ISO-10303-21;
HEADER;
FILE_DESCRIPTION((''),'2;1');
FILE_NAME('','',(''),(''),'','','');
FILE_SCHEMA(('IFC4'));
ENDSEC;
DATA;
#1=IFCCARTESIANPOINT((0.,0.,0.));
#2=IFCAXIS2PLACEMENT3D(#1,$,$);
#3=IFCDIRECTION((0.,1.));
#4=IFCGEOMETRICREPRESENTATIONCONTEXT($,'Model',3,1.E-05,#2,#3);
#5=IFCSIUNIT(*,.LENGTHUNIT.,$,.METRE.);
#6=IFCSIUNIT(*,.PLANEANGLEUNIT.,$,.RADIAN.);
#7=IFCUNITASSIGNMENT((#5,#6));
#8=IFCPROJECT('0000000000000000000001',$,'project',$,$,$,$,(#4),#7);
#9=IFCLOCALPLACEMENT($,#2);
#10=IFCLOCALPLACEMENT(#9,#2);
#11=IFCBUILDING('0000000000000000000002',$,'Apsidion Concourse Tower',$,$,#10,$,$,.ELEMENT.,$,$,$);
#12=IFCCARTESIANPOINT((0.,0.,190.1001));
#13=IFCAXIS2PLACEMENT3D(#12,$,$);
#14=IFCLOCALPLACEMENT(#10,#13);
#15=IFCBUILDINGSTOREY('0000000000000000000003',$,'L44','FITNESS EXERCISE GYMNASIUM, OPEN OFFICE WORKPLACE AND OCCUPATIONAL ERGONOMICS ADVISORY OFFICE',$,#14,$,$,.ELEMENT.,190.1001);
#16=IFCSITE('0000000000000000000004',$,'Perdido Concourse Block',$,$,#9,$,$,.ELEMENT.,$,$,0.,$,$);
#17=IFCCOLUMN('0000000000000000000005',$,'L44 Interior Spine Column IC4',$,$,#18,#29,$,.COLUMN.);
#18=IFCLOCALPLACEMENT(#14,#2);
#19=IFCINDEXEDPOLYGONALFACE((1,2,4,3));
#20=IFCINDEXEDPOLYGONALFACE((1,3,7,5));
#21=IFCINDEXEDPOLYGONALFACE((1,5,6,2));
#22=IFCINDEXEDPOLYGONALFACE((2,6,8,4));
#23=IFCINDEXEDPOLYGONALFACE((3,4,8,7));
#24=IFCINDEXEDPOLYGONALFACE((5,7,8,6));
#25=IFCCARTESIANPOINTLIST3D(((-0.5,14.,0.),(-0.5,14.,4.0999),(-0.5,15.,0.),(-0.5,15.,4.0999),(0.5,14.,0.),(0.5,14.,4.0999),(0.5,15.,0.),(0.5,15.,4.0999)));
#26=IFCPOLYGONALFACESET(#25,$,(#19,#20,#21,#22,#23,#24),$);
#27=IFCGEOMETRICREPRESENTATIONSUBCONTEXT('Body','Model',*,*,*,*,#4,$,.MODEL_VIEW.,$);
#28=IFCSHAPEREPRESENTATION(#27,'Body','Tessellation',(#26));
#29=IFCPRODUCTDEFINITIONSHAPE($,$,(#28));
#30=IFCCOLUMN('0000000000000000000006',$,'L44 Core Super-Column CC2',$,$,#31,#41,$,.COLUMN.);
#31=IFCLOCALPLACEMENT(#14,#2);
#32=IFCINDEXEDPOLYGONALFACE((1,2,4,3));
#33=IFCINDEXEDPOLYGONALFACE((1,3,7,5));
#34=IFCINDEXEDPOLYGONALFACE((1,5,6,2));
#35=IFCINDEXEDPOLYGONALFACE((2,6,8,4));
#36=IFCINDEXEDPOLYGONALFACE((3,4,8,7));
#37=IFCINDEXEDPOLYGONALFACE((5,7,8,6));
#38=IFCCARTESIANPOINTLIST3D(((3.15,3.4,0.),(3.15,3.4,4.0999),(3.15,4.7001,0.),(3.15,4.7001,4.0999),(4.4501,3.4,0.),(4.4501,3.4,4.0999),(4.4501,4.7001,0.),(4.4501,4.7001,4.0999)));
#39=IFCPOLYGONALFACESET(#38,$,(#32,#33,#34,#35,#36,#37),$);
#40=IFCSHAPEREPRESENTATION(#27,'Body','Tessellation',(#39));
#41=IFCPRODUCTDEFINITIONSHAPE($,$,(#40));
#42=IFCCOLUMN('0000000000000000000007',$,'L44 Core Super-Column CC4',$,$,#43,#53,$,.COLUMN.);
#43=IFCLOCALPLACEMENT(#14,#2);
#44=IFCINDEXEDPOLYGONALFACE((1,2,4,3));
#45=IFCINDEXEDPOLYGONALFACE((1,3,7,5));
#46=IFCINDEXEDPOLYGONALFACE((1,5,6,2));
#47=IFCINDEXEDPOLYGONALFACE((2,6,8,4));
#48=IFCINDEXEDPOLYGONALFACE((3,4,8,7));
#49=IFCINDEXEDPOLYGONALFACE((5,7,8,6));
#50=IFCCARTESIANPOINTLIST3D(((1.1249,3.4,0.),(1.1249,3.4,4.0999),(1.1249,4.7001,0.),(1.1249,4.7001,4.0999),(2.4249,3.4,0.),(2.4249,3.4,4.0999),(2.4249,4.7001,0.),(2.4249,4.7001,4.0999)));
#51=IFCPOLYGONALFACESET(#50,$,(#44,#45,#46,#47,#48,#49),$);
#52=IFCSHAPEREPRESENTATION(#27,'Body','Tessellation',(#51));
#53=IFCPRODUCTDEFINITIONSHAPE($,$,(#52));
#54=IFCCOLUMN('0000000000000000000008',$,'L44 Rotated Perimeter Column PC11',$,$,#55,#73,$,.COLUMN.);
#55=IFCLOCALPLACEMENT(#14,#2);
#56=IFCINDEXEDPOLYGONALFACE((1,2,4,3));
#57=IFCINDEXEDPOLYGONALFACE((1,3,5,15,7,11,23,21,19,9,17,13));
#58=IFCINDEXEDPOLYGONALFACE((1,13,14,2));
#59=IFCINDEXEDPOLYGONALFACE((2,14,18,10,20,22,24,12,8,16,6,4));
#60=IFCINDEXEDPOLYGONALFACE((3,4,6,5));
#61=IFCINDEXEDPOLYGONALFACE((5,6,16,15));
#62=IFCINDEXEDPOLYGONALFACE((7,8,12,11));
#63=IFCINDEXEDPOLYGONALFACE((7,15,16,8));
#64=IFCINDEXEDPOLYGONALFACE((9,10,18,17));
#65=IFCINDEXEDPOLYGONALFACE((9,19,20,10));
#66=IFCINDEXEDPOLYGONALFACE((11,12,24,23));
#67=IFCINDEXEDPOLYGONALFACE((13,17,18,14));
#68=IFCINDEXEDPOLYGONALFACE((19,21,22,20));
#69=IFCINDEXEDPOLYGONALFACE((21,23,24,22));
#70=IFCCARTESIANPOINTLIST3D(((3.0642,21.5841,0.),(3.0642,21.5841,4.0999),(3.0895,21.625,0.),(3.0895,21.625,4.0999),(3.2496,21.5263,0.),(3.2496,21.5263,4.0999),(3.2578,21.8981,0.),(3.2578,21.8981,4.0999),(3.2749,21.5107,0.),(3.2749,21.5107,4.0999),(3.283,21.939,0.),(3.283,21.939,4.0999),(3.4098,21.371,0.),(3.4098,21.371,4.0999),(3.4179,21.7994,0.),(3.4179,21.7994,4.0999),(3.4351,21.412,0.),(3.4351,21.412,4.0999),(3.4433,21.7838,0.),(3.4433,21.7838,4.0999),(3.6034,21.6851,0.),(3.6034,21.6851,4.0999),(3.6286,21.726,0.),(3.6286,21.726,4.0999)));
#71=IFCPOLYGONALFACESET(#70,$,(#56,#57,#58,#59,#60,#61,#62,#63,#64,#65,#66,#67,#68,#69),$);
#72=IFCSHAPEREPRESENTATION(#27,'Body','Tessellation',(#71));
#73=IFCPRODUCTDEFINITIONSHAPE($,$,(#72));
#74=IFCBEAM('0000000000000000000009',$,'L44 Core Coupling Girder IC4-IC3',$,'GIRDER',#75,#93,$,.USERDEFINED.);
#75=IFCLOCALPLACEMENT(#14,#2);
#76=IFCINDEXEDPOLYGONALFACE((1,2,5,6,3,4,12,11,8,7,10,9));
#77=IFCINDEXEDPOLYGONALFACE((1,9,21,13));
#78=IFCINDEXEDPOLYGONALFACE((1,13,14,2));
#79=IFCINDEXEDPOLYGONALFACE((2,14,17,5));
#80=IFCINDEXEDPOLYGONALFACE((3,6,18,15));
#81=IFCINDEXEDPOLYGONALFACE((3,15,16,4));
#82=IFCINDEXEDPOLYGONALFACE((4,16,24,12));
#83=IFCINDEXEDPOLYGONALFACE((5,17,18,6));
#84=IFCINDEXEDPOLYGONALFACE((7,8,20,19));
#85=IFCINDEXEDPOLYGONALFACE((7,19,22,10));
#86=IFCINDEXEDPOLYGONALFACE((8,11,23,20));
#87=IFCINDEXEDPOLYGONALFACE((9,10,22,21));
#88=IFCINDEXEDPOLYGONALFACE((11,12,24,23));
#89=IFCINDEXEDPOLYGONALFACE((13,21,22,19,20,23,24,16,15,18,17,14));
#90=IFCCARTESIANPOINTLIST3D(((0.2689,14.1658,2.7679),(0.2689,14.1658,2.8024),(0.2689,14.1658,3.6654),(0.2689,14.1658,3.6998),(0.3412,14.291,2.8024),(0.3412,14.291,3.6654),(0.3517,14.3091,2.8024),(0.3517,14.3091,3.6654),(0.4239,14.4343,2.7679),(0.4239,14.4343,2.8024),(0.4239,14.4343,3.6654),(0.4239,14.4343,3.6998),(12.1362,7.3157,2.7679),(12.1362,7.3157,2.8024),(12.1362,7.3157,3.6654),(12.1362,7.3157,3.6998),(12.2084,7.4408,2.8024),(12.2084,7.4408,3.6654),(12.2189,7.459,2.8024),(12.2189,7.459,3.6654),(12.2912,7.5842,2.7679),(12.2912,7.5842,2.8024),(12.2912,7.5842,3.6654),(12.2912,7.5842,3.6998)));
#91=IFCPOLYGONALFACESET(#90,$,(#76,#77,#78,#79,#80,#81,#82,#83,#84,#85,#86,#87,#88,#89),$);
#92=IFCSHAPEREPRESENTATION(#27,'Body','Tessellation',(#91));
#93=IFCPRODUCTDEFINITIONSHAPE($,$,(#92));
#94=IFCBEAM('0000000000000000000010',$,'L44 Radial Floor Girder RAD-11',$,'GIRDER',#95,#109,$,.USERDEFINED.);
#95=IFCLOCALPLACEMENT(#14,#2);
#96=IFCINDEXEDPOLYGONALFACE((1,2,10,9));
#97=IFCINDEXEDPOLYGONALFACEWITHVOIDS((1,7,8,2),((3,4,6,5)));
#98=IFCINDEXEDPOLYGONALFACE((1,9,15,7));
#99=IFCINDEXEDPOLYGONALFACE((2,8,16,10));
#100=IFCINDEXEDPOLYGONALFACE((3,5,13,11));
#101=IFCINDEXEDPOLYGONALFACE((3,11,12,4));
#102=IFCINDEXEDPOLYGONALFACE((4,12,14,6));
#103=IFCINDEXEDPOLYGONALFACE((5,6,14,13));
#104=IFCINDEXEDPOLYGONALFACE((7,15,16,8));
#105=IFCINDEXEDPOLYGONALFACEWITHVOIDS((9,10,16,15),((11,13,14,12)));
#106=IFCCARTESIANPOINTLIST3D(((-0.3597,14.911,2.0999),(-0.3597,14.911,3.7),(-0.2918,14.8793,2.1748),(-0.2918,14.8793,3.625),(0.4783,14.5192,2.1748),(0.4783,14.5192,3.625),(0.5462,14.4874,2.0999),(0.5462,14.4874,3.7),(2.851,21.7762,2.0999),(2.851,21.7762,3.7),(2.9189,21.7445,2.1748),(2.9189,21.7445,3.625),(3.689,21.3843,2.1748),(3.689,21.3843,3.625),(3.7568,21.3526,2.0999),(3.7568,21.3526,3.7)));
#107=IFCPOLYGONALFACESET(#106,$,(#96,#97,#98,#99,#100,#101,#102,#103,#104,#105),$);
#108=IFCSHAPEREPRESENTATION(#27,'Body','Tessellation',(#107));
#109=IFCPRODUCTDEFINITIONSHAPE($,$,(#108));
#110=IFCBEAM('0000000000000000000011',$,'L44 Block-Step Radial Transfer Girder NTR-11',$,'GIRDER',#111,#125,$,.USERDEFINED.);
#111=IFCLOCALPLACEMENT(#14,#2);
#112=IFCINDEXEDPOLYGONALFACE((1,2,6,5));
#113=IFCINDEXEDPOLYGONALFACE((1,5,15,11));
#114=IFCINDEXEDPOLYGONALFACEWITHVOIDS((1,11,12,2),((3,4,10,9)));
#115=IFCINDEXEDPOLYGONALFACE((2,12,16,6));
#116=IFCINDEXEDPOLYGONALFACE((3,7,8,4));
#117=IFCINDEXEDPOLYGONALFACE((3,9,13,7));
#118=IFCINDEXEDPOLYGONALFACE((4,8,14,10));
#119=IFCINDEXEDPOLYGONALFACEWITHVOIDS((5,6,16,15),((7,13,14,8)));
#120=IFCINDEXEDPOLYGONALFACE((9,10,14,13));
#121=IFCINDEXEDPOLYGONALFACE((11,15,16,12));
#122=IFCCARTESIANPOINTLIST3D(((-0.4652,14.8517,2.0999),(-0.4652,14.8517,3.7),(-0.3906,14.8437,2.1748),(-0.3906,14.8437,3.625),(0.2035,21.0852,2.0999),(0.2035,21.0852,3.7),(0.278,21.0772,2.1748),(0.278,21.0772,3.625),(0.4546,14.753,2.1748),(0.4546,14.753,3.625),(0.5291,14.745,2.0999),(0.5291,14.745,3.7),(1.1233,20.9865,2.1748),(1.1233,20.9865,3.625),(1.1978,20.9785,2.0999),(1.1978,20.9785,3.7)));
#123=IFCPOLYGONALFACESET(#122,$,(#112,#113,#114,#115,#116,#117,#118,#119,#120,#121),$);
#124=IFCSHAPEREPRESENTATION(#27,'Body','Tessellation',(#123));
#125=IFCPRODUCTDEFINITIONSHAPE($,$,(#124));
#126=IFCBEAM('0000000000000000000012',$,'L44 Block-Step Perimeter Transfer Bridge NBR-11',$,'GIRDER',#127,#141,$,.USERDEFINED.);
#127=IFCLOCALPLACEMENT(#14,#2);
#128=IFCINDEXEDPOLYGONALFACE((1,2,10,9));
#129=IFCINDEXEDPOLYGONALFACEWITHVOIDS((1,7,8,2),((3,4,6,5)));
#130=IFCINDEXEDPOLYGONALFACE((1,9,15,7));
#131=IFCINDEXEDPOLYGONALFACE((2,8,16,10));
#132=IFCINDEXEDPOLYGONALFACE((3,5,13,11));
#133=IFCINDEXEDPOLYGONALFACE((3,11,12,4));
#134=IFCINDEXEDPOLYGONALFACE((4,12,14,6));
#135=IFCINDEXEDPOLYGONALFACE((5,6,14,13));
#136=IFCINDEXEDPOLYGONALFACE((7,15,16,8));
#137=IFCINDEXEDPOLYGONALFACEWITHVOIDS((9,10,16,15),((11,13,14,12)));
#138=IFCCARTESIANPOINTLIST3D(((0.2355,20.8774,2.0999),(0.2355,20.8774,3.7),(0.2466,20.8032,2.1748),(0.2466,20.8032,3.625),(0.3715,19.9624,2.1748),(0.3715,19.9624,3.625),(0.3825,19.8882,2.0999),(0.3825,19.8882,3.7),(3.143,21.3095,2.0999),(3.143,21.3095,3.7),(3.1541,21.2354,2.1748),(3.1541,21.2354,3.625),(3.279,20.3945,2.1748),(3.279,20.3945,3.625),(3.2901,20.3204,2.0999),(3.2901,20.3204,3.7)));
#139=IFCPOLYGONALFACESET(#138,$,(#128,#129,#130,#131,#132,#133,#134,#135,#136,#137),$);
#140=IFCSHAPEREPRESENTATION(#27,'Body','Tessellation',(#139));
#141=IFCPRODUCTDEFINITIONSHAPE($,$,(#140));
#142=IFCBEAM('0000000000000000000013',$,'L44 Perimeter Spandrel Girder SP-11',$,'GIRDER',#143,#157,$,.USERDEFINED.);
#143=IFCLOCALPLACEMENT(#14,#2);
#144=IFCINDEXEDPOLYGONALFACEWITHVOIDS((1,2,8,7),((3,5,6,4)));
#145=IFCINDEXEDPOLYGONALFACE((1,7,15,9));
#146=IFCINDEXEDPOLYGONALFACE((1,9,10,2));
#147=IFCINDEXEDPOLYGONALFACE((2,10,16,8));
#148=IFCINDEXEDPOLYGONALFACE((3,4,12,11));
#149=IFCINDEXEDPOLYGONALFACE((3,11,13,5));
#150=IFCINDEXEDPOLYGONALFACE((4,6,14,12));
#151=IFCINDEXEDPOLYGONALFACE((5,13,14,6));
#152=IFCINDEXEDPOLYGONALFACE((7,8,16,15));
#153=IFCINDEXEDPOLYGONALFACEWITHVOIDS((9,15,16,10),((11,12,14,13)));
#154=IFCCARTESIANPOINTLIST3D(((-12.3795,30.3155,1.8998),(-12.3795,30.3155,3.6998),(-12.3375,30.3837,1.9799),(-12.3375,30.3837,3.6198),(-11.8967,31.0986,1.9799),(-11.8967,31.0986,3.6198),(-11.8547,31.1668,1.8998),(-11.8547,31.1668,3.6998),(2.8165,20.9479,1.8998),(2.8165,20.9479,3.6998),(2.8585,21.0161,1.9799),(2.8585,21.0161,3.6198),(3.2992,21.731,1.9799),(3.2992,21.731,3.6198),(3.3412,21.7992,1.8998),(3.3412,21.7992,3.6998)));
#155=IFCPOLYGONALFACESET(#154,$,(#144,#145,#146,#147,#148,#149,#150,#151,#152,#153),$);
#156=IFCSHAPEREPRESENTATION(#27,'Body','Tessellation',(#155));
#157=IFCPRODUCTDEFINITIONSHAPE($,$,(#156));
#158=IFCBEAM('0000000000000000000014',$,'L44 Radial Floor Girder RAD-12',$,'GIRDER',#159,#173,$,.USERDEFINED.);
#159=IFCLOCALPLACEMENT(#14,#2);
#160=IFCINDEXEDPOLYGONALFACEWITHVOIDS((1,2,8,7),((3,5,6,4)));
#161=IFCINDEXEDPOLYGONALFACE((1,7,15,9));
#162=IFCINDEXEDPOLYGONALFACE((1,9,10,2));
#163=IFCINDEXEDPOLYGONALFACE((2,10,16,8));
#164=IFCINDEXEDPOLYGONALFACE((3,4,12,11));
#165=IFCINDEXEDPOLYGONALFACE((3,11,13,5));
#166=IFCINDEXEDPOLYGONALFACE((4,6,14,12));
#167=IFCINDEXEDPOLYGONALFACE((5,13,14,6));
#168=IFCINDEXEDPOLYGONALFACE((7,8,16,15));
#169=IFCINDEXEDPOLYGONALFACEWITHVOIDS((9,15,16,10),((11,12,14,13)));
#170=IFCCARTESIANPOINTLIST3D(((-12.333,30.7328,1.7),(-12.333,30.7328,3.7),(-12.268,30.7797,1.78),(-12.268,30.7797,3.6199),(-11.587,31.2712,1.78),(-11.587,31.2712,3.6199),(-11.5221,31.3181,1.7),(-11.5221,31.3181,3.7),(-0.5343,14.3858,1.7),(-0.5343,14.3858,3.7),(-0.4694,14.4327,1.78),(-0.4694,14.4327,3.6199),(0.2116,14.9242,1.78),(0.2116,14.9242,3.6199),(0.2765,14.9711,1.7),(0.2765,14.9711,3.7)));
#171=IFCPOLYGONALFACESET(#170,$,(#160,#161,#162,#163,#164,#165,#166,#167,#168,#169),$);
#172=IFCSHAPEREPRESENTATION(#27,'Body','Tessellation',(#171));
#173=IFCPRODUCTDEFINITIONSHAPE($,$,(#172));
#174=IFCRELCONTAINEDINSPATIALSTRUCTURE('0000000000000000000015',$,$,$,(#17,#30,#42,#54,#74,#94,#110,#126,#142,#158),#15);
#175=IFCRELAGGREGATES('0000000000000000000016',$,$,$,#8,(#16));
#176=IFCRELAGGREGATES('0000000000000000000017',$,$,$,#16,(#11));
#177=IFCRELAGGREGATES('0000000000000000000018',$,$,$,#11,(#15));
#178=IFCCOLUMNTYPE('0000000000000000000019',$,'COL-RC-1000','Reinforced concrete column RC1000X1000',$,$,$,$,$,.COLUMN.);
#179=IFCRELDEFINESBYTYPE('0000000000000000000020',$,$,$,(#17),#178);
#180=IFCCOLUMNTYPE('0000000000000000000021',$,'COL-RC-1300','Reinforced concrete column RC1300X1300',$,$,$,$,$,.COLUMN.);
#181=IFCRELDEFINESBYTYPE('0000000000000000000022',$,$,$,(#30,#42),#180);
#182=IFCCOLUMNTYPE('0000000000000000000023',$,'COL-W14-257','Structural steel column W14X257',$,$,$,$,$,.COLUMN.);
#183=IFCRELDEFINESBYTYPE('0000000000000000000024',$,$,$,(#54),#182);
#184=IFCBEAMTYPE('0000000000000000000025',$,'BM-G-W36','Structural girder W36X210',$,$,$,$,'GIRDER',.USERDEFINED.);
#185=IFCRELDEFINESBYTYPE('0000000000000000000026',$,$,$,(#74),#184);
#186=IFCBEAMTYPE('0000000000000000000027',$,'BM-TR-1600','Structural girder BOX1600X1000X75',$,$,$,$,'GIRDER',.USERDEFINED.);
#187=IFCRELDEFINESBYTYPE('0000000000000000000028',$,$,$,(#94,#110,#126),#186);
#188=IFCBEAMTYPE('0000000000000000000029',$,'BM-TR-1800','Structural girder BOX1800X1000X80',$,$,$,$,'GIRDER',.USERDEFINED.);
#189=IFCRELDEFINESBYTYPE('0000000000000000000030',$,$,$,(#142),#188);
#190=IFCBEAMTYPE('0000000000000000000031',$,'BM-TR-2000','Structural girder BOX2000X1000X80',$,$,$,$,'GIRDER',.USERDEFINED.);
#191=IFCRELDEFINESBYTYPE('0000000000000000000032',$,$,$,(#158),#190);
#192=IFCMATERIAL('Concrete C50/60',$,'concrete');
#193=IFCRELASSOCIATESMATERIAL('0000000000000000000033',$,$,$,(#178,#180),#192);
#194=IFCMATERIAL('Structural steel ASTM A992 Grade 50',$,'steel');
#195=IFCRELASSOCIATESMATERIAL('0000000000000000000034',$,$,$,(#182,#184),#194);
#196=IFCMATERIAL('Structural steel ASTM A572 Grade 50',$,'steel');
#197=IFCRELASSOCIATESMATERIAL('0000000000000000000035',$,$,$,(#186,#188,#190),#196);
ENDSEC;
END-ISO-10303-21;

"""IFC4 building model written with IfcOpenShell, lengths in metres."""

from ifc_helpers import new_model, si_unit, direction, frame, origin, origin_2d, place, context, subcontext, project, spatial, rectangle, hollow_rectangle, i_section, extrude, material, material_profile, profile_set, type_object, element, save


model = new_model("IFC4")

# Units and contexts
model_context = context("Model", 3, precision=1e-05, world=origin(), true_north=direction((0.0, 1.0)))
body_context = subcontext(model_context, "Body", "Model", "MODEL_VIEW")
ifc_project = project(units=[si_unit("LENGTHUNIT", "METRE"), si_unit("PLANEANGLEUNIT", "RADIAN")], contexts=[model_context])

# Site, building, storey
site_placement = place(None, origin())
site = spatial("IfcSite", under=ifc_project, at=site_placement, Name="Perdido Concourse Block", CompositionType="ELEMENT", RefElevation=0.0)
building_placement = place(site_placement, origin())
building = spatial("IfcBuilding", under=site, at=building_placement, Name="Apsidion Concourse Tower", CompositionType="ELEMENT")
storey_placement = place(building_placement, frame((0.0, 0.0, 190.1001)))
storey = spatial("IfcBuildingStorey", under=building, at=storey_placement, Name="L44", Description="FITNESS EXERCISE GYMNASIUM, OPEN OFFICE WORKPLACE AND OCCUPATIONAL ERGONOMICS ADVISORY OFFICE", CompositionType="ELEMENT", Elevation=190.1001)

# Columns
ifc_material_1 = material(Name="Concrete C50/60", Category="concrete")
ifc_material_profile_1 = material_profile(ifc_material_1, rectangle(XDim=1.0, YDim=1.0, at=origin_2d()), Name="RC 1000x1000")
ifc_profile_set_1 = profile_set([ifc_material_profile_1], Name="Concrete C50/60")
column_type_1 = type_object("IfcColumnType", Name="COL-RC-1000", Description="Reinforced concrete column RC1000X1000", PredefinedType="COLUMN", material=ifc_profile_set_1)
column_1_placement = place(storey_placement, frame((0.0, 14.5, 0.0), z_axis=(0.0, 0.0, 1.0), x_axis=(1.0, 0.0, 0.0)))
element("IfcColumn", 1, at=column_1_placement, inside=storey, type_object=column_type_1, Name="L44 Interior Spine Column IC4", PredefinedType="COLUMN", context=body_context, shape_type="SweptSolid", body=[
    extrude(rectangle(XDim=1.0, YDim=1.0, at=origin_2d()), origin(), (0.0, 0.0, 1.0), 4.0999),
])
ifc_material_profile_2 = material_profile(ifc_material_1, rectangle(XDim=1.3, YDim=1.3, at=origin_2d()), Name="RC 1300x1300")
ifc_profile_set_2 = profile_set([ifc_material_profile_2], Name="Concrete C50/60")
column_type_2 = type_object("IfcColumnType", Name="COL-RC-1300", Description="Reinforced concrete column RC1300X1300", PredefinedType="COLUMN", material=ifc_profile_set_2)
for number, where, z_axis, x_axis, name in (
    (2, (3.8, 4.05, 0.0), (0.0, 0.0, 1.0), (1.0, 0.0, 0.0), "L44 Core Super-Column CC2"),
    (3, (1.7749, 4.05, 0.0), (0.0, 0.0, 1.0), (1.0, 0.0, 0.0), "L44 Core Super-Column CC4"),
):
    element("IfcColumn", number, at=place(storey_placement, frame(where, z_axis=z_axis, x_axis=x_axis)), inside=storey, type_object=column_type_2, Name=name, PredefinedType="COLUMN", context=body_context, shape_type="SweptSolid", body=[
        extrude(rectangle(XDim=1.3, YDim=1.3, at=origin_2d()), origin(), (0.0, 0.0, 1.0), 4.0999),
    ])
ifc_material_2 = material(Name="Structural steel ASTM A992 Grade 50", Category="steel")
ifc_material_profile_3 = material_profile(ifc_material_2, i_section(OverallWidth=0.406, OverallDepth=0.417, WebThickness=0.0298, FlangeThickness=0.0481, at=origin_2d()), Name="W14X257")
ifc_profile_set_3 = profile_set([ifc_material_profile_3], Name="Structural steel ASTM A992 Grade 50")
column_type_3 = type_object("IfcColumnType", Name="COL-W14-257", Description="Structural steel column W14X257", PredefinedType="COLUMN", material=ifc_profile_set_3)
column_2_placement = place(storey_placement, frame((3.3464, 21.655, 0.0), z_axis=(0.0, 0.0, 1.0), x_axis=(-0.851269, 0.524729, 0.0)))
element("IfcColumn", 4, at=column_2_placement, inside=storey, type_object=column_type_3, Name="L44 Rotated Perimeter Column PC11", PredefinedType="COLUMN", context=body_context, shape_type="SweptSolid", body=[
    extrude(i_section(OverallWidth=0.406, OverallDepth=0.417, WebThickness=0.0298, FlangeThickness=0.0481, at=origin_2d()), origin(), (0.0, 0.0, 1.0), 4.0999),
])

# Beams
ifc_material_profile_4 = material_profile(ifc_material_2, i_section(OverallWidth=0.3101, OverallDepth=0.9319, WebThickness=0.021, FlangeThickness=0.0344, at=origin_2d()), Name="W36X210")
ifc_profile_set_4 = profile_set([ifc_material_profile_4], Name="Structural steel ASTM A992 Grade 50")
beam_type_1 = type_object("IfcBeamType", Name="BM-G-W36", Description="Structural girder W36X210", ElementType="GIRDER", PredefinedType="USERDEFINED", material=ifc_profile_set_4)
beam_1_placement = place(storey_placement, frame((0.3464, 14.3, 3.2339), z_axis=(0.86607, -0.499922, 0.0), x_axis=(0.499922, 0.86607, 0.0)))
element("IfcBeam", 5, at=beam_1_placement, inside=storey, type_object=beam_type_1, Name="L44 Core Coupling Girder IC4-IC3", ObjectType="GIRDER", PredefinedType="USERDEFINED", context=body_context, shape_type="SweptSolid", body=[
    extrude(i_section(OverallWidth=0.3101, OverallDepth=0.9319, WebThickness=0.021, FlangeThickness=0.0344, at=origin_2d()), origin(), (0.0, 0.0, 1.0), 13.7024),
])
ifc_material_3 = material(Name="Structural steel ASTM A572 Grade 50", Category="steel")
ifc_material_profile_5 = material_profile(ifc_material_3, hollow_rectangle(XDim=1.0, YDim=1.6001, WallThickness=0.075, at=origin_2d()), Name="BOX1600X1000X75")
ifc_profile_set_5 = profile_set([ifc_material_profile_5], Name="Structural steel ASTM A572 Grade 50")
beam_type_2 = type_object("IfcBeamType", Name="BM-TR-1600", Description="Structural girder BOX1600X1000X75", ElementType="GIRDER", PredefinedType="USERDEFINED", material=ifc_profile_set_5)
beam_2_placement = place(storey_placement, frame((0.0933, 14.6992, 2.8999), z_axis=(0.423635, 0.905833, 0.0), x_axis=(-0.905833, 0.423635, 0.0)))
element("IfcBeam", 6, at=beam_2_placement, inside=storey, type_object=beam_type_2, Name="L44 Radial Floor Girder RAD-11", ObjectType="GIRDER", PredefinedType="USERDEFINED", context=body_context, shape_type="SweptSolid", body=[
    extrude(hollow_rectangle(XDim=1.0, YDim=1.6001, WallThickness=0.075, at=origin_2d()), origin(), (0.0, 0.0, 1.0), 7.5789),
])
beam_3_placement = place(storey_placement, frame((0.032, 14.7983, 2.8999), z_axis=(0.106661, 0.994295, 0.0), x_axis=(-0.994295, 0.106661, 0.0)))
element("IfcBeam", 7, at=beam_3_placement, inside=storey, type_object=beam_type_2, Name="L44 Block-Step Radial Transfer Girder NTR-11", ObjectType="GIRDER", PredefinedType="USERDEFINED", context=body_context, shape_type="SweptSolid", body=[
    extrude(hollow_rectangle(XDim=1.0, YDim=1.6001, WallThickness=0.075, at=origin_2d()), origin(), (0.0, 0.0, 1.0), 6.2693),
])
beam_4_placement = place(storey_placement, frame((3.2166, 20.8149, 2.8999), z_axis=(-0.989135, -0.147012, 0.0), x_axis=(0.147012, -0.989135, 0.0)))
element("IfcBeam", 8, at=beam_4_placement, inside=storey, type_object=beam_type_2, Name="L44 Block-Step Perimeter Transfer Bridge NBR-11", ObjectType="GIRDER", PredefinedType="USERDEFINED", context=body_context, shape_type="SweptSolid", body=[
    extrude(hollow_rectangle(XDim=1.0, YDim=1.6001, WallThickness=0.075, at=origin_2d()), origin(), (0.0, 0.0, 1.0), 2.9395),
])
ifc_material_profile_6 = material_profile(ifc_material_3, hollow_rectangle(XDim=1.0, YDim=1.8, WallThickness=0.0801, at=origin_2d()), Name="BOX1800X1000X80")
ifc_profile_set_6 = profile_set([ifc_material_profile_6], Name="Structural steel ASTM A572 Grade 50")
beam_type_3 = type_object("IfcBeamType", Name="BM-TR-1800", Description="Structural girder BOX1800X1000X80", ElementType="GIRDER", PredefinedType="USERDEFINED", material=ifc_profile_set_6)
beam_5_placement = place(storey_placement, frame((3.0789, 21.3735, 2.7998), z_axis=(-0.851251, 0.524758, 0.0), x_axis=(-0.524758, -0.851251, 0.0)))
element("IfcBeam", 9, at=beam_5_placement, inside=storey, type_object=beam_type_3, Name="L44 Perimeter Spandrel Girder SP-11", ObjectType="GIRDER", PredefinedType="USERDEFINED", context=body_context, shape_type="SweptSolid", body=[
    extrude(hollow_rectangle(XDim=1.0, YDim=1.8, WallThickness=0.0801, at=origin_2d()), origin(), (0.0, 0.0, 1.0), 17.8513),
])
ifc_material_profile_7 = material_profile(ifc_material_3, hollow_rectangle(XDim=1.0, YDim=2.0, WallThickness=0.0801, at=origin_2d()), Name="BOX2000X1000X80")
ifc_profile_set_7 = profile_set([ifc_material_profile_7], Name="Structural steel ASTM A572 Grade 50")
beam_type_4 = type_object("IfcBeamType", Name="BM-TR-2000", Description="Structural girder BOX2000X1000X80", ElementType="GIRDER", PredefinedType="USERDEFINED", material=ifc_profile_set_7)
beam_6_placement = place(storey_placement, frame((-0.1289, 14.6785, 2.7), z_axis=(-0.585245, 0.810856, 0.0), x_axis=(-0.810856, -0.585245, 0.0)))
element("IfcBeam", 10, at=beam_6_placement, inside=storey, type_object=beam_type_4, Name="L44 Radial Floor Girder RAD-12", ObjectType="GIRDER", PredefinedType="USERDEFINED", context=body_context, shape_type="SweptSolid", body=[
    extrude(hollow_rectangle(XDim=1.0, YDim=2.0, WallThickness=0.0801, at=origin_2d()), origin(), (0.0, 0.0, 1.0), 20.1602),
])

save(model, "model.ifc")
